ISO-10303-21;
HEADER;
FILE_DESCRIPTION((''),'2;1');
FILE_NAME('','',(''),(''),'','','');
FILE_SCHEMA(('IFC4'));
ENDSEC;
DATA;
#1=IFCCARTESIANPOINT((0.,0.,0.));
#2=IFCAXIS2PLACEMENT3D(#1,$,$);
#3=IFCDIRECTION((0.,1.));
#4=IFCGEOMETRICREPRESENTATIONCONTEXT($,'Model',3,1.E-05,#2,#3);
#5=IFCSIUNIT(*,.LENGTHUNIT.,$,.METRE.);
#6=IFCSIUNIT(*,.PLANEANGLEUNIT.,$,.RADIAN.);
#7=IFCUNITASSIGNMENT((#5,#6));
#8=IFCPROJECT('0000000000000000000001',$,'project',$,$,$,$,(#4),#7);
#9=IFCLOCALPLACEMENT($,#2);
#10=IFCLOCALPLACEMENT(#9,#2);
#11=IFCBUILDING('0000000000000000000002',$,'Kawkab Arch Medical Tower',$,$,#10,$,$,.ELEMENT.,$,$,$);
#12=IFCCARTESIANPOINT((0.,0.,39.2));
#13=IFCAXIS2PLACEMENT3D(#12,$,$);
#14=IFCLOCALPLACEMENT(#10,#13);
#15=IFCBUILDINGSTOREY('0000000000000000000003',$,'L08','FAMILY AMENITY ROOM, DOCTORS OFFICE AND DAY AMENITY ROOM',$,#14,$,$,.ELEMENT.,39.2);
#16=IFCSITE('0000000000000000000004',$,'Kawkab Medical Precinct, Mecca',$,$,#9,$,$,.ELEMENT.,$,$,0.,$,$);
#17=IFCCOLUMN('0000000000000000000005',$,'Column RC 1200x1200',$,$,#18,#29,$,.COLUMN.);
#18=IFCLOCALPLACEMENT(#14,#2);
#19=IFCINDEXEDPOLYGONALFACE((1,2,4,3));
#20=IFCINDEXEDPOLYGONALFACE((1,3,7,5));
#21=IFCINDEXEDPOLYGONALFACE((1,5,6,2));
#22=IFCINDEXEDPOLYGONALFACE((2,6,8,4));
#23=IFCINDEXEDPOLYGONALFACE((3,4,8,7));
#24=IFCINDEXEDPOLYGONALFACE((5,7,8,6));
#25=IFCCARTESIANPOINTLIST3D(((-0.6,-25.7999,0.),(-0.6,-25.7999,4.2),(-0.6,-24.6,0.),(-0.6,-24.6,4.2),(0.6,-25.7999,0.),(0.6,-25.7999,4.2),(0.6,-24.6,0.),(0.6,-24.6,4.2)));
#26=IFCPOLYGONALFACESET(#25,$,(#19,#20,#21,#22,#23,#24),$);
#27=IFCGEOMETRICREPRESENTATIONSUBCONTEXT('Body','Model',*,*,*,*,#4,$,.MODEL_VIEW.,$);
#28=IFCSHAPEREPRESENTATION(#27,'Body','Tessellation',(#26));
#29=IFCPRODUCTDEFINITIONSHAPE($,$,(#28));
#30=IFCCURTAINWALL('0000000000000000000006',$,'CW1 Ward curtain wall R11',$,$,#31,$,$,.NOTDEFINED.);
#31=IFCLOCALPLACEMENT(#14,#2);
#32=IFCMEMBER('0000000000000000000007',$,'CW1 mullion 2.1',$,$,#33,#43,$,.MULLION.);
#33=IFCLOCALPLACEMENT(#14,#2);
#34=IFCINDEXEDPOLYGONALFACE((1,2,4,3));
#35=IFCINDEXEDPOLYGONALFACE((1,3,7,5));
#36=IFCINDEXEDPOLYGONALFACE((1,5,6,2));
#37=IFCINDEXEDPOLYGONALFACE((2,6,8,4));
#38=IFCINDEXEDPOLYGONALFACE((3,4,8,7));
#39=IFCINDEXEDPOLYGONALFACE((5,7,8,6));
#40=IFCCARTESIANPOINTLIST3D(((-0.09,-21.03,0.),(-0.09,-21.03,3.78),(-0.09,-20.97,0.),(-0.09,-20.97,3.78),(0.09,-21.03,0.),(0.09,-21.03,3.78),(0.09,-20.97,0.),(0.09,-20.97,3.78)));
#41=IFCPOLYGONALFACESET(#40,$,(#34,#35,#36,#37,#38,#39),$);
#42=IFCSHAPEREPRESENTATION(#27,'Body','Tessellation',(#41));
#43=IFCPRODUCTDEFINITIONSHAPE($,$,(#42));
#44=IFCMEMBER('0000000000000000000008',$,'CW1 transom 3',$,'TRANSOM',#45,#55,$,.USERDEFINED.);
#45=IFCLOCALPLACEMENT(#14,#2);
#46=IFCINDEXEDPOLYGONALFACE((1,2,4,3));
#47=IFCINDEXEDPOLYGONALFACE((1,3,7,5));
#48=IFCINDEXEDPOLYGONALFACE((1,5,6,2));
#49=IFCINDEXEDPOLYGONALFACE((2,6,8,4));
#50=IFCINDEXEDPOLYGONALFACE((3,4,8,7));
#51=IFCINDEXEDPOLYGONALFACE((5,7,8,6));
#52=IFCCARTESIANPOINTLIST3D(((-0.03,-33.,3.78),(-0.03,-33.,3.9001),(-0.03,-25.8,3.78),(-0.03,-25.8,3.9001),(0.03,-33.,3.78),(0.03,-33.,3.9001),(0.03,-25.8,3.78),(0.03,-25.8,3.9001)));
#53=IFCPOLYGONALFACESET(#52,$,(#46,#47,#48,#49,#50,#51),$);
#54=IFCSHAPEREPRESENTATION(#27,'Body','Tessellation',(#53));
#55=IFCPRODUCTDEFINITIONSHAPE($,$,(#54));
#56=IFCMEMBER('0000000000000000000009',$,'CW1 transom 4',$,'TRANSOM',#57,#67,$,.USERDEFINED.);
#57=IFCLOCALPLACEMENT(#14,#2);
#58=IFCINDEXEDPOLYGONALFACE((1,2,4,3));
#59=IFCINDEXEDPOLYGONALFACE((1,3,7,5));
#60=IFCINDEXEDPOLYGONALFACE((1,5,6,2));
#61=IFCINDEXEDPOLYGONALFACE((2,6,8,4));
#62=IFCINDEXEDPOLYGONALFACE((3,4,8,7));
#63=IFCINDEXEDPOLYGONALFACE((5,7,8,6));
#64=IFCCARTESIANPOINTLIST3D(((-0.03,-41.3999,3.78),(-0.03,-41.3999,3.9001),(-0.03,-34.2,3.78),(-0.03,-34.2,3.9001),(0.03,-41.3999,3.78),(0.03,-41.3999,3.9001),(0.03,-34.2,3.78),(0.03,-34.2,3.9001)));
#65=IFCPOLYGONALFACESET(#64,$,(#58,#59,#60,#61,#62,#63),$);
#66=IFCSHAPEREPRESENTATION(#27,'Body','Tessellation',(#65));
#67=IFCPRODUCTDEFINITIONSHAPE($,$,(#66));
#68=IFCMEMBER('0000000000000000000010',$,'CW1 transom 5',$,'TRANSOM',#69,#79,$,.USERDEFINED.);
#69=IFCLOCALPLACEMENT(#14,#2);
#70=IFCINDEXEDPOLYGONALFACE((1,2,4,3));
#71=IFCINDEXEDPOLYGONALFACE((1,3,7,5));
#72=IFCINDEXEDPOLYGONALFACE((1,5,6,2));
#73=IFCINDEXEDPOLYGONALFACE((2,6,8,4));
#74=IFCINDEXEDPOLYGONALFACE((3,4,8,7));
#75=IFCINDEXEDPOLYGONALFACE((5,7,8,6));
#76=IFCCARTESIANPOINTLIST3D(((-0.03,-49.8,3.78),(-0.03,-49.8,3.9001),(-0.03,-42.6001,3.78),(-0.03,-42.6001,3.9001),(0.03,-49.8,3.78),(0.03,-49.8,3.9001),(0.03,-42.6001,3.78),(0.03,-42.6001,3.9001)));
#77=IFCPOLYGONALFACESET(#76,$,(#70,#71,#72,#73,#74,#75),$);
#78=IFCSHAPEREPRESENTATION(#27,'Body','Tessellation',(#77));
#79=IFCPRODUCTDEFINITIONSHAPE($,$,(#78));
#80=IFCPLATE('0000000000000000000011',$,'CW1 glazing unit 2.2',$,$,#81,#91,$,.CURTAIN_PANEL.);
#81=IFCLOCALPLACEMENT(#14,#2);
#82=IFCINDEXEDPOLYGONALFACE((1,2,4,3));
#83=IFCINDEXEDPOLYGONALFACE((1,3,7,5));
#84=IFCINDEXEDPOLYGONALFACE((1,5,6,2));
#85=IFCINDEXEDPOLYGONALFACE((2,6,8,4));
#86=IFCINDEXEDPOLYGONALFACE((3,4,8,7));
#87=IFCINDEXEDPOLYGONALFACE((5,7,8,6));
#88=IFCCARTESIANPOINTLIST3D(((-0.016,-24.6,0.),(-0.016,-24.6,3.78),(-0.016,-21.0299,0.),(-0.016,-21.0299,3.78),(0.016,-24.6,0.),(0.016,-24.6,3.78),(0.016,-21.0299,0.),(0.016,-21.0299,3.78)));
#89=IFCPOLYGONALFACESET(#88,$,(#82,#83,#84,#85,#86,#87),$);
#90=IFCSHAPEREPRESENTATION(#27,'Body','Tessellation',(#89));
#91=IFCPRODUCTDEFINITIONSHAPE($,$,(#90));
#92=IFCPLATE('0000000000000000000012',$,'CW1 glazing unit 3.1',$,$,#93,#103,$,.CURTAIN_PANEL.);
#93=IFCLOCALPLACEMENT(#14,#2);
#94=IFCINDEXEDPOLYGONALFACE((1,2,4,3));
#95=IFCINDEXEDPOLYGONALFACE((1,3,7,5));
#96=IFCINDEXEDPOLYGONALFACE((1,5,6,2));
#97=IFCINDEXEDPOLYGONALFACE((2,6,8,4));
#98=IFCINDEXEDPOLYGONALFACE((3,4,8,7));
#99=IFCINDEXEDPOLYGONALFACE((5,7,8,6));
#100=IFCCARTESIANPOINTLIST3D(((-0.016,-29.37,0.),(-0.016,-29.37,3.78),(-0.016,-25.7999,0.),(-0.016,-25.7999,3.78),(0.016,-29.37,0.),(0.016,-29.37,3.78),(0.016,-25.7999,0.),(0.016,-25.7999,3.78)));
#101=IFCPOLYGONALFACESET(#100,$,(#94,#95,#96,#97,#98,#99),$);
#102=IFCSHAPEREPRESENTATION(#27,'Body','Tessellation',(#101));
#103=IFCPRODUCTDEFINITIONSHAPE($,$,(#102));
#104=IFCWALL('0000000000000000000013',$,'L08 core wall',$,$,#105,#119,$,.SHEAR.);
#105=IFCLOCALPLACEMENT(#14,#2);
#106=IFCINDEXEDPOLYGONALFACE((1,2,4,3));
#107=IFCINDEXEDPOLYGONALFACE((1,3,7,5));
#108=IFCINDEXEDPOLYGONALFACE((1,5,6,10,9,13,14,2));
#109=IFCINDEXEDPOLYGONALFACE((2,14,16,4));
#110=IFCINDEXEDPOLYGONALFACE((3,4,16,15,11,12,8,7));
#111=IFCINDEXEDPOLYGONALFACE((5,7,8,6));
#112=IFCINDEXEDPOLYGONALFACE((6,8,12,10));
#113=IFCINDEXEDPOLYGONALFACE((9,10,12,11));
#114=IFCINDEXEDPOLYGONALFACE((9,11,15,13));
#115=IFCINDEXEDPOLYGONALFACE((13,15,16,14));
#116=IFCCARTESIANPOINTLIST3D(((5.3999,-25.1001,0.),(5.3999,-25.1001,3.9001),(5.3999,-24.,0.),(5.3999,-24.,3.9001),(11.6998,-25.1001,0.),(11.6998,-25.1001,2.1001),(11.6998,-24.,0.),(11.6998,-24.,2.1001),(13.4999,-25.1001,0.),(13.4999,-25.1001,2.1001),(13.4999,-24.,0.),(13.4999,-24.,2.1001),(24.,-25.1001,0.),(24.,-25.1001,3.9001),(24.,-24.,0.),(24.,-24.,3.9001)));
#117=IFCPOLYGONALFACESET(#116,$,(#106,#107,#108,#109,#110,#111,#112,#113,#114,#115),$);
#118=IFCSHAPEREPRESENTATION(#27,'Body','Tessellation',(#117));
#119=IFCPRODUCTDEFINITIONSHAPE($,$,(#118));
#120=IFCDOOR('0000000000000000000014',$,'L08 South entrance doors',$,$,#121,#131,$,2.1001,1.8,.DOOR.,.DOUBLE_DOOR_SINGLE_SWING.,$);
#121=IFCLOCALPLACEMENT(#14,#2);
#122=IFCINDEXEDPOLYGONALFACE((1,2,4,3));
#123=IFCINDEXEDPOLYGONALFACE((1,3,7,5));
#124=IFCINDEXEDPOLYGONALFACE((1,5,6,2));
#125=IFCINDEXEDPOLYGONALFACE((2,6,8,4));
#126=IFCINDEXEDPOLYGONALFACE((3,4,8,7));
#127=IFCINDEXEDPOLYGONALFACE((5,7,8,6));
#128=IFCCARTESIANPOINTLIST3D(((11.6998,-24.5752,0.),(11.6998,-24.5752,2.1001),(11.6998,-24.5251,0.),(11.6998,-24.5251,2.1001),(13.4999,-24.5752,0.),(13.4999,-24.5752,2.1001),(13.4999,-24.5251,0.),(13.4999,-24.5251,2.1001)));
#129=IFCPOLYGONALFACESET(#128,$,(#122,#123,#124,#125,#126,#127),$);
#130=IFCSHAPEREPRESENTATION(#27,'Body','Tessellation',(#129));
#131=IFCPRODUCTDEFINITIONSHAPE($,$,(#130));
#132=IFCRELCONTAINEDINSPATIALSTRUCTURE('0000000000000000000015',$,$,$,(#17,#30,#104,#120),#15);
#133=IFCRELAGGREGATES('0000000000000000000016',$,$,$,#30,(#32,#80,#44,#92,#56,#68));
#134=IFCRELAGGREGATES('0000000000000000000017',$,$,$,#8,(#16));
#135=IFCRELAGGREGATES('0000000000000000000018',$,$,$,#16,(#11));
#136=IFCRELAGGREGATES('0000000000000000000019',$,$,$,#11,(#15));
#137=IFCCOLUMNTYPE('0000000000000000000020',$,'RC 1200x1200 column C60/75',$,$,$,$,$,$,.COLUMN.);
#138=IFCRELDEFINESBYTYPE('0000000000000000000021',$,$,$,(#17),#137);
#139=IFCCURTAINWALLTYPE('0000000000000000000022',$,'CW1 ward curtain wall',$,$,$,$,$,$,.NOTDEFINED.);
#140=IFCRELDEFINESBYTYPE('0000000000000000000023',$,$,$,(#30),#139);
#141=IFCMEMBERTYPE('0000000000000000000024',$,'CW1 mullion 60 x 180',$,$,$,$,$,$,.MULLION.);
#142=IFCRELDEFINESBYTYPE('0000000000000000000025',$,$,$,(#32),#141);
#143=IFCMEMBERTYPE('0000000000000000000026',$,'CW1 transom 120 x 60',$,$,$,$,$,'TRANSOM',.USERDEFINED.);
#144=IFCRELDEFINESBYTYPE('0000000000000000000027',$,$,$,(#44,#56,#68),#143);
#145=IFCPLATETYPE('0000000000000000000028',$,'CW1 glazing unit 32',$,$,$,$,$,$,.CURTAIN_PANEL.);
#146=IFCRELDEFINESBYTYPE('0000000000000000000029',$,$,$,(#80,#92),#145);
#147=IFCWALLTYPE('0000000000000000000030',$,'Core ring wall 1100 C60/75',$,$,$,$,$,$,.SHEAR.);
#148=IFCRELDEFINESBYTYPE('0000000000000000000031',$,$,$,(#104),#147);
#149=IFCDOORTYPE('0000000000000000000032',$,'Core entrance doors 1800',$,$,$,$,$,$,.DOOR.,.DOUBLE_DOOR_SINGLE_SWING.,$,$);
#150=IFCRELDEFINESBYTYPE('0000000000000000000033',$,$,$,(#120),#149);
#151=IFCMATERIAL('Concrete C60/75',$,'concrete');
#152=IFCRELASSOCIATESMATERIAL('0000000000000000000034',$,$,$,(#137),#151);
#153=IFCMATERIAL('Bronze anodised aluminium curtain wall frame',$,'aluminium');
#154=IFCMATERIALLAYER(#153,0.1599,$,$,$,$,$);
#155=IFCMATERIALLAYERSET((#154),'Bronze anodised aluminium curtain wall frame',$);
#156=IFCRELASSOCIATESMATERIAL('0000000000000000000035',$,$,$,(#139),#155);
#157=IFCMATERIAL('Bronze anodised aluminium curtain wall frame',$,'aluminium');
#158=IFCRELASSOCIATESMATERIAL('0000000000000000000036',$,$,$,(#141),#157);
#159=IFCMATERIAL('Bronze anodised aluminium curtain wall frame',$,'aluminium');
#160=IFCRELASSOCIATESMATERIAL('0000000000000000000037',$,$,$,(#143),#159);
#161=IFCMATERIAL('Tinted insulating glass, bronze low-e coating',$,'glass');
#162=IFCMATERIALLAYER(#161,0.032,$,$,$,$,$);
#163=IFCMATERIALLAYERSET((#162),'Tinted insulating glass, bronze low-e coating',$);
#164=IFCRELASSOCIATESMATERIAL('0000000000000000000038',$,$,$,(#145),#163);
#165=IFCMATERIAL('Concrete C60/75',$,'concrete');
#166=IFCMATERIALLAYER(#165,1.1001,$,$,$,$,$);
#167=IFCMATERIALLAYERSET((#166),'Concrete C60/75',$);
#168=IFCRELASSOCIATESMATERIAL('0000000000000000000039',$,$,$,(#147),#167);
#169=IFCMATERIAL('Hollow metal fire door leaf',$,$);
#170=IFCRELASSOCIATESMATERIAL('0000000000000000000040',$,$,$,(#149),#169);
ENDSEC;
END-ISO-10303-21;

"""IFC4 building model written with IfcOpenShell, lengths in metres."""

from ifc_helpers import new_model, si_unit, direction, frame, frame_2d, origin, origin_2d, place, context, subcontext, project, spatial, rectangle, extrude, material, layer, layer_set, material_profile, profile_set, type_object, element, fill, aggregate, save


model = new_model("IFC4")

# Units and contexts
model_context = context("Model", 3, precision=1e-05, world=origin(), true_north=direction((0.0, 1.0)))
body_context = subcontext(model_context, "Body", "Model", "MODEL_VIEW")
ifc_project = project(units=[si_unit("LENGTHUNIT", "METRE"), si_unit("PLANEANGLEUNIT", "RADIAN")], contexts=[model_context])

# Site, building, storey
site_placement = place(None, origin())
site = spatial("IfcSite", under=ifc_project, at=site_placement, Name="Kawkab Medical Precinct, Mecca", CompositionType="ELEMENT", RefElevation=0.0)
building_placement = place(site_placement, origin())
building = spatial("IfcBuilding", under=site, at=building_placement, Name="Kawkab Arch Medical Tower", CompositionType="ELEMENT")
storey_placement = place(building_placement, frame((0.0, 0.0, 39.2)))
storey = spatial("IfcBuildingStorey", under=building, at=storey_placement, Name="L08", Description="FAMILY AMENITY ROOM, DOCTORS OFFICE AND DAY AMENITY ROOM", CompositionType="ELEMENT", Elevation=39.2)

# Column
ifc_material_1 = material(Name="Concrete C60/75", Category="concrete")
ifc_material_profile_1 = material_profile(ifc_material_1, rectangle(XDim=1.2, YDim=1.2, at=origin_2d()), Name="RC 1200x1200")
ifc_profile_set_1 = profile_set([ifc_material_profile_1], Name="Concrete C60/75")
column_type = type_object("IfcColumnType", Name="RC 1200x1200 column C60/75", PredefinedType="COLUMN", material=ifc_profile_set_1)
column_placement = place(storey_placement, frame((0.0, -25.2, 0.0), z_axis=(0.0, 0.0, 1.0), x_axis=(1.0, 0.0, 0.0)))
element("IfcColumn", 1, at=column_placement, inside=storey, type_object=column_type, Name="Column RC 1200x1200", PredefinedType="COLUMN", context=body_context, shape_type="SweptSolid", body=[
    extrude(rectangle(XDim=1.2, YDim=1.2, at=origin_2d()), origin(), (0.0, 0.0, 1.0), 4.2),
])

# Curtain wall, members, plates
ifc_material_2 = material(Name="Bronze anodised aluminium curtain wall frame", Category="aluminium")
ifc_layer_1 = layer(ifc_material_2, 0.1599)
ifc_layer_set_1 = layer_set([ifc_layer_1], Name="Bronze anodised aluminium curtain wall frame")
curtain_wall_type = type_object("IfcCurtainWallType", Name="CW1 ward curtain wall", PredefinedType="NOTDEFINED", material=ifc_layer_set_1)
placement = place(storey_placement, origin())
curtain_wall = element("IfcCurtainWall", 2, at=placement, inside=storey, type_object=curtain_wall_type, Name="CW1 Ward curtain wall R11", PredefinedType="NOTDEFINED")
ifc_material_3 = material(Name="Bronze anodised aluminium curtain wall frame", Category="aluminium")
ifc_material_profile_2 = material_profile(ifc_material_3, rectangle(XDim=0.1799, YDim=0.0601, at=origin_2d()), Name="AL 60x180")
ifc_profile_set_2 = profile_set([ifc_material_profile_2], Name="Bronze anodised aluminium curtain wall frame")
member_type_1 = type_object("IfcMemberType", Name="CW1 mullion 60 x 180", PredefinedType="MULLION", material=ifc_profile_set_2)
member_1_placement = place(storey_placement, frame((0.0, -21.0, 0.0), z_axis=(0.0, 0.0, 1.0), x_axis=(1.0, 0.0, 0.0)))
member_1 = element("IfcMember", 3, at=member_1_placement, type_object=member_type_1, Name="CW1 mullion 2.1", PredefinedType="MULLION", context=body_context, shape_type="SweptSolid", body=[
    extrude(rectangle(XDim=0.1799, YDim=0.0601, at=origin_2d()), origin(), (0.0, 0.0, 1.0), 3.78),
])
ifc_material_4 = material(Name="Bronze anodised aluminium curtain wall frame", Category="aluminium")
ifc_material_profile_3 = material_profile(ifc_material_4, rectangle(XDim=0.0601, YDim=0.1201, at=origin_2d()), Name="AL 60x120")
ifc_profile_set_3 = profile_set([ifc_material_profile_3], Name="Bronze anodised aluminium curtain wall frame")
member_type_2 = type_object("IfcMemberType", Name="CW1 transom 120 x 60", ElementType="TRANSOM", PredefinedType="USERDEFINED", material=ifc_profile_set_3)
member_2_placement = place(storey_placement, frame((0.0, -25.8, 3.8401), z_axis=(0.0, -1.0, 0.0), x_axis=(1.0, 0.0, 0.0)))
member_2 = element("IfcMember", 4, at=member_2_placement, type_object=member_type_2, Name="CW1 transom 3", ObjectType="TRANSOM", PredefinedType="USERDEFINED", context=body_context, shape_type="SweptSolid", body=[
    extrude(rectangle(XDim=0.0601, YDim=0.1201, at=origin_2d()), origin(), (0.0, 0.0, 1.0), 7.2),
])
member_3_placement = place(storey_placement, frame((0.0, -34.2, 3.8401), z_axis=(0.0, -1.0, 0.0), x_axis=(1.0, 0.0, 0.0)))
member_3 = element("IfcMember", 5, at=member_3_placement, type_object=member_type_2, Name="CW1 transom 4", ObjectType="TRANSOM", PredefinedType="USERDEFINED", context=body_context, shape_type="SweptSolid", body=[
    extrude(rectangle(XDim=0.0601, YDim=0.1201, at=origin_2d()), origin(), (0.0, 0.0, 1.0), 7.2),
])
member_4_placement = place(storey_placement, frame((0.0, -42.6001, 3.8401), z_axis=(0.0, -1.0, 0.0), x_axis=(1.0, 0.0, 0.0)))
member_4 = element("IfcMember", 6, at=member_4_placement, type_object=member_type_2, Name="CW1 transom 5", ObjectType="TRANSOM", PredefinedType="USERDEFINED", context=body_context, shape_type="SweptSolid", body=[
    extrude(rectangle(XDim=0.0601, YDim=0.1201, at=origin_2d()), origin(), (0.0, 0.0, 1.0), 7.2),
])
ifc_material_5 = material(Name="Tinted insulating glass, bronze low-e coating", Category="glass")
ifc_layer_2 = layer(ifc_material_5, 0.032)
ifc_layer_set_2 = layer_set([ifc_layer_2], Name="Tinted insulating glass, bronze low-e coating")
plate_type = type_object("IfcPlateType", Name="CW1 glazing unit 32", PredefinedType="CURTAIN_PANEL", material=ifc_layer_set_2)
plate_1_placement = place(storey_placement, frame((0.0, -22.8149, 0.0), z_axis=(0.0, 0.0, 1.0), x_axis=(0.0, -1.0, 0.0)))
plate_1 = element("IfcPlate", 7, at=plate_1_placement, type_object=plate_type, Name="CW1 glazing unit 2.2", PredefinedType="CURTAIN_PANEL", context=body_context, shape_type="SweptSolid", body=[
    extrude(rectangle(XDim=3.5701, YDim=0.032, at=origin_2d()), origin(), (0.0, 0.0, 1.0), 3.78),
])
plate_2_placement = place(storey_placement, frame((0.0, -27.585, 0.0), z_axis=(0.0, 0.0, 1.0), x_axis=(0.0, -1.0, 0.0)))
plate_2 = element("IfcPlate", 8, at=plate_2_placement, type_object=plate_type, Name="CW1 glazing unit 3.1", PredefinedType="CURTAIN_PANEL", context=body_context, shape_type="SweptSolid", body=[
    extrude(rectangle(XDim=3.5701, YDim=0.032, at=origin_2d()), origin(), (0.0, 0.0, 1.0), 3.78),
])
aggregate(curtain_wall, [member_1, plate_1, member_2, plate_2, member_3, member_4])

# Wall, opening, door
ifc_material_6 = material(Name="Concrete C60/75", Category="concrete")
ifc_layer_3 = layer(ifc_material_6, 1.1001)
ifc_layer_set_3 = layer_set([ifc_layer_3], Name="Concrete C60/75")
wall_type_1 = type_object("IfcWallType", Name="Core ring wall 1100 C60/75", PredefinedType="SHEAR", material=ifc_layer_set_3)
wall_1_placement = place(storey_placement, frame((5.3999, -24.55, 0.0), z_axis=(0.0, 0.0, 1.0), x_axis=(1.0, 0.0, 0.0)))
wall_1 = element("IfcWall", 9, at=wall_1_placement, inside=storey, type_object=wall_type_1, Name="L08 core wall", PredefinedType="SHEAR", context=body_context, shape_type="SweptSolid", body=[
    extrude(rectangle(XDim=18.6001, YDim=1.1001, at=frame_2d((9.3, 0.0))), origin(), (0.0, 0.0, 1.0), 3.9001),
])
opening_1_placement = place(wall_1_placement, frame((6.3, 0.0, 0.0)))
opening_1 = element("IfcOpeningElement", 10, at=opening_1_placement, cuts=wall_1, PredefinedType="OPENING", context=body_context, shape_type="SweptSolid", body=[
    extrude(rectangle(XDim=1.8, YDim=2.1001, at=frame_2d((0.8999, 1.05))), frame((0.0, 0.5601, 0.0), z_axis=(0.0, -1.0, 0.0), x_axis=(1.0, 0.0, 0.0)), (0.0, 0.0, 1.0), 1.1201),
])
ifc_material_7 = material(Name="Hollow metal fire door leaf")
door_type_1 = type_object("IfcDoorType", Name="Core entrance doors 1800", OperationType="DOUBLE_DOOR_SINGLE_SWING", PredefinedType="DOOR", material=ifc_material_7)
door_1_placement = place(opening_1_placement, origin())
door_1 = element("IfcDoor", 11, at=door_1_placement, inside=storey, type_object=door_type_1, Name="L08 South entrance doors", OperationType="DOUBLE_DOOR_SINGLE_SWING", OverallHeight=2.1001, OverallWidth=1.8, PredefinedType="DOOR", context=body_context, shape_type="SweptSolid", body=[
    extrude(rectangle(XDim=1.8, YDim=2.1001, at=frame_2d((0.8999, 1.05))), frame((0.0, 0.0249, 0.0), z_axis=(0.0, -1.0, 0.0), x_axis=(1.0, 0.0, 0.0)), (0.0, 0.0, 1.0), 0.05),
])
fill(opening_1, door_1)

save(model, "model.ifc")
